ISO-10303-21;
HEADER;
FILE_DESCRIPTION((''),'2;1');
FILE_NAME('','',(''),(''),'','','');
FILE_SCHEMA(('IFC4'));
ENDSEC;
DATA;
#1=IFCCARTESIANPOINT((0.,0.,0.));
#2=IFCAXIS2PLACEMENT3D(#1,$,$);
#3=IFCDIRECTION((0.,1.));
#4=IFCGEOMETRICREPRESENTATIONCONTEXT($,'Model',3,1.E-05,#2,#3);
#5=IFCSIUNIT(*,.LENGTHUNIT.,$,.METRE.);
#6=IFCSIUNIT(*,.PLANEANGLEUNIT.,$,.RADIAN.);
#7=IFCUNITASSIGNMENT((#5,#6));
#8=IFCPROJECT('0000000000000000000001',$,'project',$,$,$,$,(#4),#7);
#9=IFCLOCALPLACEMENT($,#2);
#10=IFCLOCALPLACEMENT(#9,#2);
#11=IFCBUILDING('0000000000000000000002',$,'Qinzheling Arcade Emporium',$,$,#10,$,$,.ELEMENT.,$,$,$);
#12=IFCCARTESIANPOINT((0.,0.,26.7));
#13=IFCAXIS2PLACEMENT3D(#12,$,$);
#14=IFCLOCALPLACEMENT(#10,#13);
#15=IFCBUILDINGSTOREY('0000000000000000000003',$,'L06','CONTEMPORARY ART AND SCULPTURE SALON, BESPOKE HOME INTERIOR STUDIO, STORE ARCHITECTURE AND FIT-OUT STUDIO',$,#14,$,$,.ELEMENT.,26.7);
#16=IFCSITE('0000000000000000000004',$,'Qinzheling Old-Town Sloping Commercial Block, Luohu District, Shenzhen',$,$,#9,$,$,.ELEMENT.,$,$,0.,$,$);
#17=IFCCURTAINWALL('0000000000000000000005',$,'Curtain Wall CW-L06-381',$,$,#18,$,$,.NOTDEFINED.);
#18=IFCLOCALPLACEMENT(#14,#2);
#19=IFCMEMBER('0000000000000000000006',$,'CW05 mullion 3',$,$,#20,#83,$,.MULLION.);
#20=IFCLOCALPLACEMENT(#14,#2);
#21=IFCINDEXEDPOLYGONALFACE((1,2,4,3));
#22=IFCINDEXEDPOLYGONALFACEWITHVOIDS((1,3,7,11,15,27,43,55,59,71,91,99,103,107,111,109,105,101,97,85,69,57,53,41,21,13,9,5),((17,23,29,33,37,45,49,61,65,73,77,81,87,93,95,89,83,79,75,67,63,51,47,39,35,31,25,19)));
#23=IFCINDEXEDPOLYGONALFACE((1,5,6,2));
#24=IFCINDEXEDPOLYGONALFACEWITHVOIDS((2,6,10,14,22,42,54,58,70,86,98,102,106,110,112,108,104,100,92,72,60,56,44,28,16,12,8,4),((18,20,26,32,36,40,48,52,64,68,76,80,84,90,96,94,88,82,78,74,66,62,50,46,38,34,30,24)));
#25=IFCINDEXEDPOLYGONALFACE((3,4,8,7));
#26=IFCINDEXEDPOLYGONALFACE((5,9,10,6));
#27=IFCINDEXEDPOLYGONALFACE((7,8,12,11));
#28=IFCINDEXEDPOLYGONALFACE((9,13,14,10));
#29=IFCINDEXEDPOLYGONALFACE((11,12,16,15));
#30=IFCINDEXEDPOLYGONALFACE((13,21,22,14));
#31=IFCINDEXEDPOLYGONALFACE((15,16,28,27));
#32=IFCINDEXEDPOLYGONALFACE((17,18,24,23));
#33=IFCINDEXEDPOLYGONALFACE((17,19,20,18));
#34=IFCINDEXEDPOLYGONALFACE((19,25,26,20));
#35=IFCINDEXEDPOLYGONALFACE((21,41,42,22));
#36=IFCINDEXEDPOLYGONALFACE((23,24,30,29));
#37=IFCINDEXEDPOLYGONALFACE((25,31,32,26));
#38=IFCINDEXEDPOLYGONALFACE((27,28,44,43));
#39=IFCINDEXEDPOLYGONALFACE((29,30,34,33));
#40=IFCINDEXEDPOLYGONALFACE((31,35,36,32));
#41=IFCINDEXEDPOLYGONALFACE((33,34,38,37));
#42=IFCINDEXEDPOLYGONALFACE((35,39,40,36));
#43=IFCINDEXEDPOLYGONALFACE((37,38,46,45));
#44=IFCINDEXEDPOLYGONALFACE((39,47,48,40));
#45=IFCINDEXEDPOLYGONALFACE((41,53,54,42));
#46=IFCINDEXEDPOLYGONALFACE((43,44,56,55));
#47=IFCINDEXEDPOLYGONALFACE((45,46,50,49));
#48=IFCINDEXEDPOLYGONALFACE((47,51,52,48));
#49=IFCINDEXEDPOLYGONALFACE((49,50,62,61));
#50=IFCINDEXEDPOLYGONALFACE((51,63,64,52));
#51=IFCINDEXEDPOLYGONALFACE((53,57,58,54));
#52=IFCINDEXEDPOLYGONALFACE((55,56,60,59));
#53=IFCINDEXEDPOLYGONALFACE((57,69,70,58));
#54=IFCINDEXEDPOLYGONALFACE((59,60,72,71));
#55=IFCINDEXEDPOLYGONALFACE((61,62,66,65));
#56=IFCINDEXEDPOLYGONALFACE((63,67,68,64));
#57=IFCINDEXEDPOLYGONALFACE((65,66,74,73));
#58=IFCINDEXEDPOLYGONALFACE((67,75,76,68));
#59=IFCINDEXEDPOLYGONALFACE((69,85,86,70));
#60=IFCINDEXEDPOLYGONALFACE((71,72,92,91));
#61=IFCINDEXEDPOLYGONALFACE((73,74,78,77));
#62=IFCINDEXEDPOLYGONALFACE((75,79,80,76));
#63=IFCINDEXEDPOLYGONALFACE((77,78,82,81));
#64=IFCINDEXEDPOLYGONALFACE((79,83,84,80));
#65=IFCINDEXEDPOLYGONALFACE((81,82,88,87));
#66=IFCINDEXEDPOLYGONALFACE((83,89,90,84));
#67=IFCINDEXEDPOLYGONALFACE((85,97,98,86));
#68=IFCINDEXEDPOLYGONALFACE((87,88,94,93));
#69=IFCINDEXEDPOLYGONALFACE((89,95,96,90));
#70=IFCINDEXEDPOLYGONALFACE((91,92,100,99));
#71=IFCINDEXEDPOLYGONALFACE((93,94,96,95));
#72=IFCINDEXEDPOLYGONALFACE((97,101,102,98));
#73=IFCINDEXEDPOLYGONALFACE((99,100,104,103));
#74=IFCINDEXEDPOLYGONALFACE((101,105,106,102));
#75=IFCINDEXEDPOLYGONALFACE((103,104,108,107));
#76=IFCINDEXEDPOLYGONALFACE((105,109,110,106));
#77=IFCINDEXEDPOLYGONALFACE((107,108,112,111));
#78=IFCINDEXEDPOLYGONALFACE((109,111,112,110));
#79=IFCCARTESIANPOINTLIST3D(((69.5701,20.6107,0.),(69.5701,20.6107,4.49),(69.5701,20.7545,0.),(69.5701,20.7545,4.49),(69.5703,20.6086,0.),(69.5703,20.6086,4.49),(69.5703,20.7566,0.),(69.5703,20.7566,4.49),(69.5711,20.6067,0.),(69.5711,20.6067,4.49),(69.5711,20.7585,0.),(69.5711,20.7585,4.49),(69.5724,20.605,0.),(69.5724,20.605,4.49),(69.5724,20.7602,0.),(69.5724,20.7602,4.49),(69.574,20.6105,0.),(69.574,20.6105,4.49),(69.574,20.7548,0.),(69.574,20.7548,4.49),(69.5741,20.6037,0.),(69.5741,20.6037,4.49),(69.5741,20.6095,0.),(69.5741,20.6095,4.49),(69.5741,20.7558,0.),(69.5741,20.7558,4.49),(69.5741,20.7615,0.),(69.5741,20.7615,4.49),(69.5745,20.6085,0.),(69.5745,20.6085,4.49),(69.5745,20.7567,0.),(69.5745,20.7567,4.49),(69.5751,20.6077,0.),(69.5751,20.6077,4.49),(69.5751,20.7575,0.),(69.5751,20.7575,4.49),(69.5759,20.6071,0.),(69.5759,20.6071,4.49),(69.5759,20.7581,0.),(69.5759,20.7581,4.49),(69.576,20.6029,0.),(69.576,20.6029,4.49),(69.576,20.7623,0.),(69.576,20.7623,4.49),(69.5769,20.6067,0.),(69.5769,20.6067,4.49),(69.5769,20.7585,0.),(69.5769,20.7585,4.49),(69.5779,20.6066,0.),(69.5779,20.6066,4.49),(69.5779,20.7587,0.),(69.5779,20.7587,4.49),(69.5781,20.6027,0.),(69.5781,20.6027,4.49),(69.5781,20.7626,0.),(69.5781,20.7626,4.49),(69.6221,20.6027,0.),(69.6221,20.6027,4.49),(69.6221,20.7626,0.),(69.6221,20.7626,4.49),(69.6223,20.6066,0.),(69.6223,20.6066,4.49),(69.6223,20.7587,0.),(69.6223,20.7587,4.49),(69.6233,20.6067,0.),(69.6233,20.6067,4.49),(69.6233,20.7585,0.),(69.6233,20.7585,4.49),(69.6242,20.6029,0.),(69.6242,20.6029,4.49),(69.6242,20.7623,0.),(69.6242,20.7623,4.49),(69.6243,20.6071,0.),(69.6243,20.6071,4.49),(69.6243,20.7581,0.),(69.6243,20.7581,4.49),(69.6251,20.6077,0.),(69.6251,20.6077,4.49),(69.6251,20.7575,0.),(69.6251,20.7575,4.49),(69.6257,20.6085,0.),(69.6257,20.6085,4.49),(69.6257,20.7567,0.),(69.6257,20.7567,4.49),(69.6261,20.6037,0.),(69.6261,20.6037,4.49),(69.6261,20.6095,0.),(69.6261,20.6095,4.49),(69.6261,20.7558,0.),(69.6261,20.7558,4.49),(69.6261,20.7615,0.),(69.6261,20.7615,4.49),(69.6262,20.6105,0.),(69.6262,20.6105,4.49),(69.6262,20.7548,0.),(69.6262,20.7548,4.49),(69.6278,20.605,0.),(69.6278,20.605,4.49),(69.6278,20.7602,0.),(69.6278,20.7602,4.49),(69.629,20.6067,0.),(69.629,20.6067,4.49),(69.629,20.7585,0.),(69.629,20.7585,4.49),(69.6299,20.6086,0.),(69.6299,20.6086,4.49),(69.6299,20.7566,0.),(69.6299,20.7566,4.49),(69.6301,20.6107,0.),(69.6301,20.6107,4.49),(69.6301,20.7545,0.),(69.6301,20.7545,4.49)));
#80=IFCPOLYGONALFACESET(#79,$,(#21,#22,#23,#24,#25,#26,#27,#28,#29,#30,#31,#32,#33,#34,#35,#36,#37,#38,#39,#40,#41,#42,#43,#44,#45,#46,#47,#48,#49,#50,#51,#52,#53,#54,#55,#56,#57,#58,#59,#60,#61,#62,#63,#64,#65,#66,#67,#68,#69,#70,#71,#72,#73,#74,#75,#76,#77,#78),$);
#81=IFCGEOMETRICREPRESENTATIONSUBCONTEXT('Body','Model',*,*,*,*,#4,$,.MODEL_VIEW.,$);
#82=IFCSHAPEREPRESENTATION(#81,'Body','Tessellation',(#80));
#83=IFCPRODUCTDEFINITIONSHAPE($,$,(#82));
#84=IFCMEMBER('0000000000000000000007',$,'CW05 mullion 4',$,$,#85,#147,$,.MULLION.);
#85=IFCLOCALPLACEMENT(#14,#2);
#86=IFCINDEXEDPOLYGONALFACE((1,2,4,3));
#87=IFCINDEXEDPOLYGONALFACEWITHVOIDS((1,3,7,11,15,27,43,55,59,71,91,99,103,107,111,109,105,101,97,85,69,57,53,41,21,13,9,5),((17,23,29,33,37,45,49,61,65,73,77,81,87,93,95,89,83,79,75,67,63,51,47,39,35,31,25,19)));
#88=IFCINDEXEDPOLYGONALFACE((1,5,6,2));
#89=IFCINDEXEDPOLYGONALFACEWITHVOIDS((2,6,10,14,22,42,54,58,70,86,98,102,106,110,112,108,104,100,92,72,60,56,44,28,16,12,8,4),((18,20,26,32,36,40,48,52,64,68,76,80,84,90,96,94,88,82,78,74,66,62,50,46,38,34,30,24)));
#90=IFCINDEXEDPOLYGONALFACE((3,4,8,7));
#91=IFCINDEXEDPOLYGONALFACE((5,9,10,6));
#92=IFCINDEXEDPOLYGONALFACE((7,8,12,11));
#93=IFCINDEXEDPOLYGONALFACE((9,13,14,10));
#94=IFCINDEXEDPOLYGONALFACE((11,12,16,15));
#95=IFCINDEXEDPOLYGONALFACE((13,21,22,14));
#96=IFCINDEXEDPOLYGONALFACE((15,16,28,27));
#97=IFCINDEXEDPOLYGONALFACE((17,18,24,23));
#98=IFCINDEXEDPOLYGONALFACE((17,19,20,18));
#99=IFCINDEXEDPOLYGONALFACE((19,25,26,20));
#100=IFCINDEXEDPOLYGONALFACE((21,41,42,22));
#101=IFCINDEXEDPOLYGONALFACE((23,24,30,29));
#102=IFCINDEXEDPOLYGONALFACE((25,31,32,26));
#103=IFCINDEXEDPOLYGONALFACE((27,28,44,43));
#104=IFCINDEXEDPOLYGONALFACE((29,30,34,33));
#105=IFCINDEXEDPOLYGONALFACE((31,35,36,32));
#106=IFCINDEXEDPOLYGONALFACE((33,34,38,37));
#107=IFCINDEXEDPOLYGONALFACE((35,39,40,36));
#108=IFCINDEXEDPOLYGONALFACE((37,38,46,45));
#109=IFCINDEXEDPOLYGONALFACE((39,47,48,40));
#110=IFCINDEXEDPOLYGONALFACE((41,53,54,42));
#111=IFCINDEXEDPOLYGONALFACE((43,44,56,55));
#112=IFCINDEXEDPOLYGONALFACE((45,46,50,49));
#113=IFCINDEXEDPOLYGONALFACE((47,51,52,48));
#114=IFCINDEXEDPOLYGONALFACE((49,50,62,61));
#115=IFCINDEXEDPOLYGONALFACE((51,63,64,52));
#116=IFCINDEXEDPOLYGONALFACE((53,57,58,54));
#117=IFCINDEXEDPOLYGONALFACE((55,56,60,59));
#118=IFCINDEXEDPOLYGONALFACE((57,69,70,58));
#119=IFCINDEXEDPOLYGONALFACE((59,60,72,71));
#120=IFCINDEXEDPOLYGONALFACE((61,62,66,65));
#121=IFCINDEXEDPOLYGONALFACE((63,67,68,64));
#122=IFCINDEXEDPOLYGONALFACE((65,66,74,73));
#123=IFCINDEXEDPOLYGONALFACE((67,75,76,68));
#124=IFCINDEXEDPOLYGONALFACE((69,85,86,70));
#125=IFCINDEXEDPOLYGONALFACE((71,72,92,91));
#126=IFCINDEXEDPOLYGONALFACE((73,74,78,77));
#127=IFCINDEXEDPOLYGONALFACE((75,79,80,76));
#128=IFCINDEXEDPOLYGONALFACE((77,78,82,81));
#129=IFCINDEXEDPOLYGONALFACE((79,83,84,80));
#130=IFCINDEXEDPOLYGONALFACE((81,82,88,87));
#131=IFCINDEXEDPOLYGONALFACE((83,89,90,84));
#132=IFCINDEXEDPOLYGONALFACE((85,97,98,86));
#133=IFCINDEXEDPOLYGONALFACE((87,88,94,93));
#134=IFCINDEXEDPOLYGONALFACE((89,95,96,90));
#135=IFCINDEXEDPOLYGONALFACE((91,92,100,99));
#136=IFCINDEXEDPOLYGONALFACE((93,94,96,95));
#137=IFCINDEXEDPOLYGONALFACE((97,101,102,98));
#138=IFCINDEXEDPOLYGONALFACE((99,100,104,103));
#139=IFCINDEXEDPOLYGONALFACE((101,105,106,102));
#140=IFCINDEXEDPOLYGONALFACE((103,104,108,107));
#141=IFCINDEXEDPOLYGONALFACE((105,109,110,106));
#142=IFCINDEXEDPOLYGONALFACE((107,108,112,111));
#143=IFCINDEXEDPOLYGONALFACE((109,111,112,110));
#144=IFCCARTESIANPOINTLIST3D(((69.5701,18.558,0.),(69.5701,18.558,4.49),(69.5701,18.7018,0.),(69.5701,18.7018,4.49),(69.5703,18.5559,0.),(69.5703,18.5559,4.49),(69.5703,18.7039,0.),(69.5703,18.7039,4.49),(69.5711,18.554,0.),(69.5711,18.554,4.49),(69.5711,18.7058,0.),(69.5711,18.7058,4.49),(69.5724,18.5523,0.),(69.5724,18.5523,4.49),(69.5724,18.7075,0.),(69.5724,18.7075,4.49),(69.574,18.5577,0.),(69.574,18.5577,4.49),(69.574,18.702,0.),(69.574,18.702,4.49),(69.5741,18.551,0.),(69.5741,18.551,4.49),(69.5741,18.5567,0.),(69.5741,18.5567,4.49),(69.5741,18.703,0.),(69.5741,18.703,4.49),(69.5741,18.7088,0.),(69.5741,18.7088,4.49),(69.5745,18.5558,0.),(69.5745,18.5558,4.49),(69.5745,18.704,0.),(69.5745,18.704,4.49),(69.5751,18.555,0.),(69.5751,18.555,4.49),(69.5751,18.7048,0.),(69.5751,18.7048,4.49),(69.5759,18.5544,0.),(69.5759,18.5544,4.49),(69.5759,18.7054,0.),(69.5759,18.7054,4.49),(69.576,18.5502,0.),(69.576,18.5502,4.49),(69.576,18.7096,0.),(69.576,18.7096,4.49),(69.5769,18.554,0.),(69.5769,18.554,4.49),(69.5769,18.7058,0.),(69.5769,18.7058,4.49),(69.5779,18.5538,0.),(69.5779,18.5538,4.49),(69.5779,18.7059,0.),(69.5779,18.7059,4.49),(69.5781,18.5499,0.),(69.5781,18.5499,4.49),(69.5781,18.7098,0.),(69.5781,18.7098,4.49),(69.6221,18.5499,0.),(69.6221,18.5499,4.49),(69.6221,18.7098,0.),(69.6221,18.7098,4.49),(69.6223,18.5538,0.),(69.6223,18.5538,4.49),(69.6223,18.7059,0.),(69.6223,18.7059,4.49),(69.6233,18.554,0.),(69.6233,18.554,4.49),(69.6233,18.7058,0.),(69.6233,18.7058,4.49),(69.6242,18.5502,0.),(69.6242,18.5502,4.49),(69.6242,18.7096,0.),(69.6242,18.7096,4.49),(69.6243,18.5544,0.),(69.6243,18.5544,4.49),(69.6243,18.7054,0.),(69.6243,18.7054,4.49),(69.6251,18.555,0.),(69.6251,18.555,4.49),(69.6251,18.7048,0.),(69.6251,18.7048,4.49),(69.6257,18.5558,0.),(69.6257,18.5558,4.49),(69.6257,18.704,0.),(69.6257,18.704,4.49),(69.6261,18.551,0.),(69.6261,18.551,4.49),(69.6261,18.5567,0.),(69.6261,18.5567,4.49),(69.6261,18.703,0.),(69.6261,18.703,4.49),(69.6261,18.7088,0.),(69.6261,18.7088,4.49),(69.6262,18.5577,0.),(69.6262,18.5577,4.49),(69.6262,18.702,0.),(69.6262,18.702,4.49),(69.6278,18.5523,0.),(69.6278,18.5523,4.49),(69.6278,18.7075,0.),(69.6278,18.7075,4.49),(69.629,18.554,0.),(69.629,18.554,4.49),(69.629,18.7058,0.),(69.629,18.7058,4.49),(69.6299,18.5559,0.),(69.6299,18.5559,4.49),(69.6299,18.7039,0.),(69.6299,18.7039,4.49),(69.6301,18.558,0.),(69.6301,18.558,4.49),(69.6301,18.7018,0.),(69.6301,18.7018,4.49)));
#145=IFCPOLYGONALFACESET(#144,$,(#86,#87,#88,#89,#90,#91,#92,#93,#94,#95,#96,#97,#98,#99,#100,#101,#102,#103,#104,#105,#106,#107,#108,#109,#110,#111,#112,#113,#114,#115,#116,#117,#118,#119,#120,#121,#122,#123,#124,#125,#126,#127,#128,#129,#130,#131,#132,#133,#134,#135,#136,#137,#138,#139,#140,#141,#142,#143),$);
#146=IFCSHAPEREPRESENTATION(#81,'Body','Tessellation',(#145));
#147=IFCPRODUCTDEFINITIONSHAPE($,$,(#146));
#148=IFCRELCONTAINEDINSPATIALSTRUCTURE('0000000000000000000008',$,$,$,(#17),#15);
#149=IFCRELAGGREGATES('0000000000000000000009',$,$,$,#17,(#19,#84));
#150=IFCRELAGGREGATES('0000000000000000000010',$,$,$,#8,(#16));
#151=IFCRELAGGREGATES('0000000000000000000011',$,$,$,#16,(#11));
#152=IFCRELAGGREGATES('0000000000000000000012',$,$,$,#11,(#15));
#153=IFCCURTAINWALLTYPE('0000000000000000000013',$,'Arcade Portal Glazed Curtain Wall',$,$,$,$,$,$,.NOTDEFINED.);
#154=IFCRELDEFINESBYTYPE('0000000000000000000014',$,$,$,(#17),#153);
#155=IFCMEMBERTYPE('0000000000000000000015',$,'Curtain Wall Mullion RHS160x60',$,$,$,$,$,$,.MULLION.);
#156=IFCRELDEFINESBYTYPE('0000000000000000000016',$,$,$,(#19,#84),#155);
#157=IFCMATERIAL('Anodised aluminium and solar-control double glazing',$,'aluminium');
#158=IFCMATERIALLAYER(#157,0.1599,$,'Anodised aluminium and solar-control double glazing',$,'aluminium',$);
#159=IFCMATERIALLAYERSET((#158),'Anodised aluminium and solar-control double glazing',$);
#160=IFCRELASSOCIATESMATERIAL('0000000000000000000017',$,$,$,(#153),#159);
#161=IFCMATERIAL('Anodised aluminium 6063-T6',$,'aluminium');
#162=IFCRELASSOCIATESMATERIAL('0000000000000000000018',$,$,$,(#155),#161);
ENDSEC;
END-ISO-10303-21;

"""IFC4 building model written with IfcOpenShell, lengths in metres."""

from ifc_helpers import new_model, si_unit, direction, frame, origin, origin_2d, place, context, subcontext, project, spatial, hollow_rectangle, extrude, material, layer, layer_set, material_profile, profile_set, type_object, element, aggregate, save


model = new_model("IFC4")

# Units and contexts
model_context = context("Model", 3, precision=1e-05, world=origin(), true_north=direction((0.0, 1.0)))
body_context = subcontext(model_context, "Body", "Model", "MODEL_VIEW")
ifc_project = project(units=[si_unit("LENGTHUNIT", "METRE"), si_unit("PLANEANGLEUNIT", "RADIAN")], contexts=[model_context])

# Site, building, storey
site_placement = place(None, origin())
site = spatial("IfcSite", under=ifc_project, at=site_placement, Name="Qinzheling Old-Town Sloping Commercial Block, Luohu District, Shenzhen", CompositionType="ELEMENT", RefElevation=0.0)
building_placement = place(site_placement, origin())
building = spatial("IfcBuilding", under=site, at=building_placement, Name="Qinzheling Arcade Emporium", CompositionType="ELEMENT")
storey_placement = place(building_placement, frame((0.0, 0.0, 26.7)))
storey = spatial("IfcBuildingStorey", under=building, at=storey_placement, Name="L06", Description="CONTEMPORARY ART AND SCULPTURE SALON, BESPOKE HOME INTERIOR STUDIO, STORE ARCHITECTURE AND FIT-OUT STUDIO", CompositionType="ELEMENT", Elevation=26.7)

# Curtain wall, members
ifc_material_1 = material(Name="Anodised aluminium and solar-control double glazing", Category="aluminium")
ifc_layer_1 = layer(ifc_material_1, 0.1599, Name="Anodised aluminium and solar-control double glazing", Category="aluminium")
ifc_layer_set_1 = layer_set([ifc_layer_1], Name="Anodised aluminium and solar-control double glazing")
curtain_wall_type = type_object("IfcCurtainWallType", Name="Arcade Portal Glazed Curtain Wall", PredefinedType="NOTDEFINED", material=ifc_layer_set_1)
curtain_wall_1_placement = place(storey_placement, origin())
curtain_wall_1 = element("IfcCurtainWall", 1, at=curtain_wall_1_placement, inside=storey, type_object=curtain_wall_type, Name="Curtain Wall CW-L06-381", PredefinedType="NOTDEFINED")
ifc_material_2 = material(Name="Anodised aluminium 6063-T6", Category="aluminium")
ifc_material_profile_1 = material_profile(ifc_material_2, hollow_rectangle(XDim=0.0601, YDim=0.1599, WallThickness=0.0039, InnerFilletRadius=0.0039, OuterFilletRadius=0.0081, at=origin_2d()), Name="RHS 160x60x4", Category="aluminium")
ifc_profile_set_1 = profile_set([ifc_material_profile_1], Name="Anodised aluminium 6063-T6")
member_type_1 = type_object("IfcMemberType", Name="Curtain Wall Mullion RHS160x60", PredefinedType="MULLION", material=ifc_profile_set_1)
member_1_placement = place(storey_placement, frame((69.6001, 20.6826, 0.0), z_axis=(0.0, 0.0, 1.0), x_axis=(1.0, 0.0, 0.0)))
member_1 = element("IfcMember", 2, at=member_1_placement, type_object=member_type_1, Name="CW05 mullion 3", PredefinedType="MULLION", context=body_context, shape_type="SweptSolid", body=[
    extrude(hollow_rectangle(XDim=0.0601, YDim=0.1599, WallThickness=0.0039, InnerFilletRadius=0.0039, OuterFilletRadius=0.0081, at=origin_2d()), origin(), (0.0, 0.0, 1.0), 4.49),
])
member_2_placement = place(storey_placement, frame((69.6001, 18.6299, 0.0), z_axis=(0.0, 0.0, 1.0), x_axis=(1.0, 0.0, 0.0)))
member_2 = element("IfcMember", 3, at=member_2_placement, type_object=member_type_1, Name="CW05 mullion 4", PredefinedType="MULLION", context=body_context, shape_type="SweptSolid", body=[
    extrude(hollow_rectangle(XDim=0.0601, YDim=0.1599, WallThickness=0.0039, InnerFilletRadius=0.0039, OuterFilletRadius=0.0081, at=origin_2d()), origin(), (0.0, 0.0, 1.0), 4.49),
])

aggregate(curtain_wall_1, [member_1, member_2])

save(model, "model.ifc")
